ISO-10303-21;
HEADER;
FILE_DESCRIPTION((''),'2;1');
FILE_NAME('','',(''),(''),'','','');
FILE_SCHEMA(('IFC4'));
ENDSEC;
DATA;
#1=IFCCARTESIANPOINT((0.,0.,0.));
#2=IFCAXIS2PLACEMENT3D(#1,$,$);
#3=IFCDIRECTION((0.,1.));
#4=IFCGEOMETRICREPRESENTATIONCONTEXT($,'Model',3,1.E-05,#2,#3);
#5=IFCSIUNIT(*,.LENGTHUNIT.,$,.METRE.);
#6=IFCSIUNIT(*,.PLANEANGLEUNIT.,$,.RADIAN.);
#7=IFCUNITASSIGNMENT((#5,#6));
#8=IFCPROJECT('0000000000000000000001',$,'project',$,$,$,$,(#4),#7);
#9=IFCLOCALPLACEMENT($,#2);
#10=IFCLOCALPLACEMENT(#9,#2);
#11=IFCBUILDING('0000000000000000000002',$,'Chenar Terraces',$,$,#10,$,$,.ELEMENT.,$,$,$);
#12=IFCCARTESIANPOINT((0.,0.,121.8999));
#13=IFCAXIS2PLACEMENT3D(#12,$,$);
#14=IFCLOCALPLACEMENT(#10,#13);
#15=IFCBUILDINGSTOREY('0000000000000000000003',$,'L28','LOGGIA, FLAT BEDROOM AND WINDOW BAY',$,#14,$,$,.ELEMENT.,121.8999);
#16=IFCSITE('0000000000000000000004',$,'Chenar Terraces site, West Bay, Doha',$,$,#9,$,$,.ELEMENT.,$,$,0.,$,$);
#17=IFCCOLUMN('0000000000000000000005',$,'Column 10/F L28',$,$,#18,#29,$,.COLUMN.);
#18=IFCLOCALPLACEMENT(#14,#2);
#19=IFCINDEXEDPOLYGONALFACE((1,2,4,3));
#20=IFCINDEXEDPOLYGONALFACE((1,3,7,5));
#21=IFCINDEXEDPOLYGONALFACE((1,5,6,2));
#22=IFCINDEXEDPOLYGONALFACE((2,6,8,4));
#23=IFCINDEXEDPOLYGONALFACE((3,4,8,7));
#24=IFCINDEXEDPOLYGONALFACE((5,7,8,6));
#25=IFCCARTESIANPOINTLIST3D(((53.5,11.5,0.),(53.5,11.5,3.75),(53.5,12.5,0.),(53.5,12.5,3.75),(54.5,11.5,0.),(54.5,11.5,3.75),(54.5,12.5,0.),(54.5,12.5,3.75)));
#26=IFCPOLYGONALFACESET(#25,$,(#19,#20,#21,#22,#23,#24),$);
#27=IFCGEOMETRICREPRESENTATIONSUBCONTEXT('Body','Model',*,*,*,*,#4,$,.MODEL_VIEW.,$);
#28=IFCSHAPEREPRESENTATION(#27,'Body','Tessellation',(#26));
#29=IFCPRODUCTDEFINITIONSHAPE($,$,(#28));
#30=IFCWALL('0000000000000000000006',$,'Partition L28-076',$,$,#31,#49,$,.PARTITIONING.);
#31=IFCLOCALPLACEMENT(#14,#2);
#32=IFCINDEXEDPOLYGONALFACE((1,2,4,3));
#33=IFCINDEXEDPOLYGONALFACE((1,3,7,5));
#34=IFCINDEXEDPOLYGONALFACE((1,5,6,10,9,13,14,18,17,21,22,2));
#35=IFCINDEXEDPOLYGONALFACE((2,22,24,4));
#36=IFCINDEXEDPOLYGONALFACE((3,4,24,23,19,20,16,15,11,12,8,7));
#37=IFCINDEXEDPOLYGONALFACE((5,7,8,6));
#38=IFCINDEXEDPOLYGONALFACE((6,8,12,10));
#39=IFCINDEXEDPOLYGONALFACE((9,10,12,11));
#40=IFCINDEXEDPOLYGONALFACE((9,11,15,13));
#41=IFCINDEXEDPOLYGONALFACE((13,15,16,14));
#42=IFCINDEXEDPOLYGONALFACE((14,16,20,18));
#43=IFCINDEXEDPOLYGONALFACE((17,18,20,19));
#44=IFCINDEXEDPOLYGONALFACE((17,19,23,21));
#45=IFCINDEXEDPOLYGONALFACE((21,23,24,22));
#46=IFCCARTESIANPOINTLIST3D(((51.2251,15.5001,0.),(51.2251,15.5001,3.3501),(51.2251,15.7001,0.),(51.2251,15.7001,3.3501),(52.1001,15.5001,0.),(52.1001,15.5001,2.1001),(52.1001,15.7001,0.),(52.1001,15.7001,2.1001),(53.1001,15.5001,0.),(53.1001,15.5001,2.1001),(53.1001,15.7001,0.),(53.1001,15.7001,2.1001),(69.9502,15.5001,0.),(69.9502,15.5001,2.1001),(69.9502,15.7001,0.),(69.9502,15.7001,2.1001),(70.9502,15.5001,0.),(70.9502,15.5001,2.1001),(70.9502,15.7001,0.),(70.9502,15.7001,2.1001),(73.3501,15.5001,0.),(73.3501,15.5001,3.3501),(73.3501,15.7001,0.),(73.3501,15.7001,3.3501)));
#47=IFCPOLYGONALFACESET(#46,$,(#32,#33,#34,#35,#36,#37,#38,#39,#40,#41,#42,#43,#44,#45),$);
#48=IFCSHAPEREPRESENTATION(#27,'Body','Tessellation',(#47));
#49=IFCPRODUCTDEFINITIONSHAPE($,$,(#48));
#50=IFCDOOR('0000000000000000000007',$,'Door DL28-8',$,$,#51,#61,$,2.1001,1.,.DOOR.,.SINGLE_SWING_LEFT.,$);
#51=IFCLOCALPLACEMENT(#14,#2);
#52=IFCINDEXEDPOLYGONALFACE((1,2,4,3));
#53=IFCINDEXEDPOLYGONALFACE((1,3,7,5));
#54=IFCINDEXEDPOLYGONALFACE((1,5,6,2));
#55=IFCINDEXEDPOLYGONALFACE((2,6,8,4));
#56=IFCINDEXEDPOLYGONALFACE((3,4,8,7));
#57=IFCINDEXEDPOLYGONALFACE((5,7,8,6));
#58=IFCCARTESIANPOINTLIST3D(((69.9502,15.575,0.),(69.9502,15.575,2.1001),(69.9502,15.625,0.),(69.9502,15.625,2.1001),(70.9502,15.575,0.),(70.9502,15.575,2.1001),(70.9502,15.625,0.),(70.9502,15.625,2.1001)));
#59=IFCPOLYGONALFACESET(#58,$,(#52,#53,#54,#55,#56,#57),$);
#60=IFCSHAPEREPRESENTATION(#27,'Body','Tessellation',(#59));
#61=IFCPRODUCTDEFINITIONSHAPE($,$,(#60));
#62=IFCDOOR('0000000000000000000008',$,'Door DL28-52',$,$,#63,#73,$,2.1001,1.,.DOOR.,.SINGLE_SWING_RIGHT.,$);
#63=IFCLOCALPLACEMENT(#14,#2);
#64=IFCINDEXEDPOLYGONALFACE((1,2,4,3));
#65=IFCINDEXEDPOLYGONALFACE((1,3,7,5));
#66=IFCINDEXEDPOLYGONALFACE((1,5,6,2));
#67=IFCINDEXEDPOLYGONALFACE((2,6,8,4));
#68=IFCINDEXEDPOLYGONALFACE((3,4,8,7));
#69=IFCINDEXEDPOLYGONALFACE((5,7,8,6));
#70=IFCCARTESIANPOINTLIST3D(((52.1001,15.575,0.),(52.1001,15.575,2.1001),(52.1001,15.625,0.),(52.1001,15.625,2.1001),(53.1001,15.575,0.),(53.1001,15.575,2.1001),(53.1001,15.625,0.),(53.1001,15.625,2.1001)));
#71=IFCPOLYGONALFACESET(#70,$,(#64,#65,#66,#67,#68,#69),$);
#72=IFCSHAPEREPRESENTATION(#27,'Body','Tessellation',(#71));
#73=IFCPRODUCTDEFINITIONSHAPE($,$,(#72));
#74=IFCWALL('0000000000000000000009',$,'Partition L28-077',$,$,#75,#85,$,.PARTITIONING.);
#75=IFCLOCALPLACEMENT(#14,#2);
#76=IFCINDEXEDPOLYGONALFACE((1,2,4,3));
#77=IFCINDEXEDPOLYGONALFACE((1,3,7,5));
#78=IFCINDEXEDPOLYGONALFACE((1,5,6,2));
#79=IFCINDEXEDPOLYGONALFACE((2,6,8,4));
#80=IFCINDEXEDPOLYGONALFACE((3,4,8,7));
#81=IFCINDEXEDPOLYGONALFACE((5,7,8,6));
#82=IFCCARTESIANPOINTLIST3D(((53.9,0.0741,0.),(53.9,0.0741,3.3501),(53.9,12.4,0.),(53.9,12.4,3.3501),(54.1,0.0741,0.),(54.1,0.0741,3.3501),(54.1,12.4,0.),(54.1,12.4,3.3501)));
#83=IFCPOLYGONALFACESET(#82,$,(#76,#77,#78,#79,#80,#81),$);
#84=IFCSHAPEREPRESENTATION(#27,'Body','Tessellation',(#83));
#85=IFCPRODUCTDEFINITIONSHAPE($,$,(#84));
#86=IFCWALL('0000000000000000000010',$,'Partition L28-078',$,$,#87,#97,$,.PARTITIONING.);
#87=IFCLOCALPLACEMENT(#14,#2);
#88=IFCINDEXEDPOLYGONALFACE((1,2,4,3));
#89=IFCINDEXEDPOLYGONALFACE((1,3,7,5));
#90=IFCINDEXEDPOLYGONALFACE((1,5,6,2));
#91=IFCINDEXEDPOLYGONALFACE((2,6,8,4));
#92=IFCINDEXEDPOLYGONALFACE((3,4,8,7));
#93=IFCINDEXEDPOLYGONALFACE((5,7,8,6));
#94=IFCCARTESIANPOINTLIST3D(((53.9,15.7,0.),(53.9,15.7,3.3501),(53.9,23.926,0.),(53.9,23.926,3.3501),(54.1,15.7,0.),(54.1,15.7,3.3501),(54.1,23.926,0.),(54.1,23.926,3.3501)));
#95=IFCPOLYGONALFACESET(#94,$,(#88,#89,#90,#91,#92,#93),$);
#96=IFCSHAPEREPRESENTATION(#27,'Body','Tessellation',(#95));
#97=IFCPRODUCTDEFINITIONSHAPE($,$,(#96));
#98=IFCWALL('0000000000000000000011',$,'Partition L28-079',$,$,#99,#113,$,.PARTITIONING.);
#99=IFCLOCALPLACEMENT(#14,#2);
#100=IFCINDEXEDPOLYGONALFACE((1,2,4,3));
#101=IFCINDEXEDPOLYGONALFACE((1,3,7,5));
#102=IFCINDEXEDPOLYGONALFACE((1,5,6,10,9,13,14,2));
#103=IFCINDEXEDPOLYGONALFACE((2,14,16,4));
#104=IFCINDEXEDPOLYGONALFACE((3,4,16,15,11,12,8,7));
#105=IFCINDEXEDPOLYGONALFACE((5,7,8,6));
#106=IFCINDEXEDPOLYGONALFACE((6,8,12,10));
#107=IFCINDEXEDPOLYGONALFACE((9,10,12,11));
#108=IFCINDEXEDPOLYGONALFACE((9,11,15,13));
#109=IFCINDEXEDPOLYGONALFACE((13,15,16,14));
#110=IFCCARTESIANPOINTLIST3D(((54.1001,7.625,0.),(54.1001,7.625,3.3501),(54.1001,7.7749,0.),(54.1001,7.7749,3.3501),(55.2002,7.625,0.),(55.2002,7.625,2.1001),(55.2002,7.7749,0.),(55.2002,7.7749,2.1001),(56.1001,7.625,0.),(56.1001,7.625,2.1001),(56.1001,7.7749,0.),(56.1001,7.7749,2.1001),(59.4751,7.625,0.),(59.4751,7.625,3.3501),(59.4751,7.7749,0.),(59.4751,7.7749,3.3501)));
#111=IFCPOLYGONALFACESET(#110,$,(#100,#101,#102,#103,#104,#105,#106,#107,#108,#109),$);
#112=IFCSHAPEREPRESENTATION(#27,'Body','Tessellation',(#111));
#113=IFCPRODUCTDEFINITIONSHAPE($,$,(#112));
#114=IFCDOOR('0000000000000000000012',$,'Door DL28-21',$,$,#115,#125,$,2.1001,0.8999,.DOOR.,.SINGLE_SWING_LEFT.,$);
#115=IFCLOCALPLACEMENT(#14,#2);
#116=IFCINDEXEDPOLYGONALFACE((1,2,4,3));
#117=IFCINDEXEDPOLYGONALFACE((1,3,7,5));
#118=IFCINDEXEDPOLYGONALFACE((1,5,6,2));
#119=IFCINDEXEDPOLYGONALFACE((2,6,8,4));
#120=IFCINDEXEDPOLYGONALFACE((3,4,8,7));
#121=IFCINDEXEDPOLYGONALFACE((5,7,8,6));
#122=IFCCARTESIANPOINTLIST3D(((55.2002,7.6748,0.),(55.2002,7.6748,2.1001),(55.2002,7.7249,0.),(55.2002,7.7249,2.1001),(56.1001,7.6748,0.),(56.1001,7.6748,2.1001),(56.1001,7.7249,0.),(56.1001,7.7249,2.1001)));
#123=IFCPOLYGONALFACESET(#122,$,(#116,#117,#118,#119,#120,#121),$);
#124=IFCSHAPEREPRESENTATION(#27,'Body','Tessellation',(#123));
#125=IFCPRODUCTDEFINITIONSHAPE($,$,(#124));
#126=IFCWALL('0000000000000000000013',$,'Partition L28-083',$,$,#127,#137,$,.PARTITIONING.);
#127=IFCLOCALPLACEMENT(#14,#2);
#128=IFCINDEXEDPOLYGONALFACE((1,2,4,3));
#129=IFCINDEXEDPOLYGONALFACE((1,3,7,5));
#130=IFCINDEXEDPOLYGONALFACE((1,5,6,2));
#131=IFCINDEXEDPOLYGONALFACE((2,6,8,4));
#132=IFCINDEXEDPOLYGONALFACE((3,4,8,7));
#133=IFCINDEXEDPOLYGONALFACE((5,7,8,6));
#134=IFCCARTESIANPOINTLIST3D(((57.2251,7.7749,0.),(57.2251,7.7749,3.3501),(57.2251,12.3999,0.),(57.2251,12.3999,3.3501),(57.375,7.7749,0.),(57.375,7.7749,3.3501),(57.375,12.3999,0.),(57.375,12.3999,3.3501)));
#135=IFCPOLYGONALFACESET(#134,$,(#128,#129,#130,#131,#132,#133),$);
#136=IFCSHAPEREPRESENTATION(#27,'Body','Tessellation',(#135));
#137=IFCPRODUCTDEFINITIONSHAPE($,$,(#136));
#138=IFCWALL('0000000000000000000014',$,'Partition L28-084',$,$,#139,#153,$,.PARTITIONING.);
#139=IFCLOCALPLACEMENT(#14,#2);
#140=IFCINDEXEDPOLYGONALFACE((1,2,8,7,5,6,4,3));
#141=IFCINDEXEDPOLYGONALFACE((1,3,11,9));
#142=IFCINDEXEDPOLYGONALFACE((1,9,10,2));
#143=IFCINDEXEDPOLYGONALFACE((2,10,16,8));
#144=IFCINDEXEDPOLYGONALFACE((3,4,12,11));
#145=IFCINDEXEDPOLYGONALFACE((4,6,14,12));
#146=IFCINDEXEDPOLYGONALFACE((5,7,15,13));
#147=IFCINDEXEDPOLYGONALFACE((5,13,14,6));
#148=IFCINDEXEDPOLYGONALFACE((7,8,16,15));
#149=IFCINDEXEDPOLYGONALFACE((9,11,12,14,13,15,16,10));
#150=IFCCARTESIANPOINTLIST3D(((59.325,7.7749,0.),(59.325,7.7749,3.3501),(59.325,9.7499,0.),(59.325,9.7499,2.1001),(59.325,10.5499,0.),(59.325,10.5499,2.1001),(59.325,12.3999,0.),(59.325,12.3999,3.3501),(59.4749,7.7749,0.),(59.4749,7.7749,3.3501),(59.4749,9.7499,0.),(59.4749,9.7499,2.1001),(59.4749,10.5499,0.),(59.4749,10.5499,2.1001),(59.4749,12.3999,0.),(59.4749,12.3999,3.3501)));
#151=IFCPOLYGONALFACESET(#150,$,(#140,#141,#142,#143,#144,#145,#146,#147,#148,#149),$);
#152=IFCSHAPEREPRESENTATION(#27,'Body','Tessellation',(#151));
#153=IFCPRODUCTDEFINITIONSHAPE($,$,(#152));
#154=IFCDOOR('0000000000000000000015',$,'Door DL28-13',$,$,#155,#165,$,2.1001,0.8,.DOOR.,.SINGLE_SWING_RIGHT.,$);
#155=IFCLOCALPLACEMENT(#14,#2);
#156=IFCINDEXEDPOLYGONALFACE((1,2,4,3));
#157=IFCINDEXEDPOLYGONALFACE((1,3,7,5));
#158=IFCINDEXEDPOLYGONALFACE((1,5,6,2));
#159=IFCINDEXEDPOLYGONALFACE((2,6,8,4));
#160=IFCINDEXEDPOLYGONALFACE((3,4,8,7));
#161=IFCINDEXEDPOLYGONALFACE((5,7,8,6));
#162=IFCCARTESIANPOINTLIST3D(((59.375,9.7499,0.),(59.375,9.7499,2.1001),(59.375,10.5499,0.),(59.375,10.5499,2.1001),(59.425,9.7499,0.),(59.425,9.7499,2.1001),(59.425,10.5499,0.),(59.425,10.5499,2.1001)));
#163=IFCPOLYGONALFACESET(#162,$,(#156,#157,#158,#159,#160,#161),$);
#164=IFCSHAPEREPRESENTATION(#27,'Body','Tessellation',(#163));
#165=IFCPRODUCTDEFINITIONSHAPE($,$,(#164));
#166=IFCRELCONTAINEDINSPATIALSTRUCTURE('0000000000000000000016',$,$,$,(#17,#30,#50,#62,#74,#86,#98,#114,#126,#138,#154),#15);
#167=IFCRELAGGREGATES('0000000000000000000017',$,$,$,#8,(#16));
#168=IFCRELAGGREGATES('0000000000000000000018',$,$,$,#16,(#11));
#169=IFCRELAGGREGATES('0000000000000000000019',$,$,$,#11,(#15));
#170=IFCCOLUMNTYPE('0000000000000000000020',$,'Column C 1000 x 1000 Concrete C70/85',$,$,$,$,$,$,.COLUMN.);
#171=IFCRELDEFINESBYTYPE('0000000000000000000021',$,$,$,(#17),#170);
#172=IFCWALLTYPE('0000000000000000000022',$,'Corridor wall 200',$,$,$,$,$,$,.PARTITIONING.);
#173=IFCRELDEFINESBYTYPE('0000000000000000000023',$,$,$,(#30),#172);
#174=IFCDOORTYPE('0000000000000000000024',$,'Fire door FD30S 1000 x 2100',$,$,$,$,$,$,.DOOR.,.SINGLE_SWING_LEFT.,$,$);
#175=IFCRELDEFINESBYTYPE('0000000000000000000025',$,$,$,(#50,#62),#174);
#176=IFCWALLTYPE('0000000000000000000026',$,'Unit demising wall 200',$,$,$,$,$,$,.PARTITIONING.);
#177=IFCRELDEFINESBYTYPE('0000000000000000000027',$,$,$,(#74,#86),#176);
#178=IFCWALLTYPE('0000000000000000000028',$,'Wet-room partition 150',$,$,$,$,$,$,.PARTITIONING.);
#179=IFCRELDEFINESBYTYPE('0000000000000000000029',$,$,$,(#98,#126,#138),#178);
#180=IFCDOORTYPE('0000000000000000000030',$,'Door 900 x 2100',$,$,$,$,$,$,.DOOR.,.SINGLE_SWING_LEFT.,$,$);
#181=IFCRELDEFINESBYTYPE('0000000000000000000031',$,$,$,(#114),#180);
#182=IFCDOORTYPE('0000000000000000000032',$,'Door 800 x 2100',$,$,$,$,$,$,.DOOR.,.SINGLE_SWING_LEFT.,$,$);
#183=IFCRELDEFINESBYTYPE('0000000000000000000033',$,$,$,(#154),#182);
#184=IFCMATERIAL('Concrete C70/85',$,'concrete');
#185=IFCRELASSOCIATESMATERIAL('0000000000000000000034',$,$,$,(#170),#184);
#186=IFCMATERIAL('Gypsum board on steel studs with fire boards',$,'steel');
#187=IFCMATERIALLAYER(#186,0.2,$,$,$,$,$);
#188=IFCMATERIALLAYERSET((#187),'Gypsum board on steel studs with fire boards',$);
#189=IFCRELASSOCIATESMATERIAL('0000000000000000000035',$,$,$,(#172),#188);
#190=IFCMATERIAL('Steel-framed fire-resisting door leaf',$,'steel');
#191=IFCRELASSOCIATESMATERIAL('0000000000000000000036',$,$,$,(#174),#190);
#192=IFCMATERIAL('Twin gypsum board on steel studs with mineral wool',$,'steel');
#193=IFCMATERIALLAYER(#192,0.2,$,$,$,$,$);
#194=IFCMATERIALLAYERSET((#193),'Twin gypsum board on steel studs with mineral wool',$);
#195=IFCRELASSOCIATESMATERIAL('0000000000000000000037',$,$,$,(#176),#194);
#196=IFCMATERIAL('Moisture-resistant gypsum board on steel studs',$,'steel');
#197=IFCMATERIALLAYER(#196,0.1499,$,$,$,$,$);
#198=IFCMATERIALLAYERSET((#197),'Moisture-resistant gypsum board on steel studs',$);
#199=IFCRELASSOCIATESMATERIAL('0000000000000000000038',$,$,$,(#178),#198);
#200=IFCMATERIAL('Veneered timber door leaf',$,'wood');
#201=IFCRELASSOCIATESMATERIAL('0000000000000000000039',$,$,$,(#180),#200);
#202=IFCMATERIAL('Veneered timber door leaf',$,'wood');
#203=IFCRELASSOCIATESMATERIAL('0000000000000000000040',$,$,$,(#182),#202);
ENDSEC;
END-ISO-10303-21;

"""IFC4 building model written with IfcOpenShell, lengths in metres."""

from ifc_helpers import new_model, si_unit, direction, frame, frame_2d, origin, origin_2d, place, context, subcontext, project, spatial, rectangle, extrude, material, layer, layer_set, material_profile, profile_set, type_object, element, fill, save


model = new_model("IFC4")

# Units and contexts
model_context = context("Model", 3, precision=1e-05, world=origin(), true_north=direction((0.0, 1.0)))
body_context = subcontext(model_context, "Body", "Model", "MODEL_VIEW")
ifc_project = project(units=[si_unit("LENGTHUNIT", "METRE"), si_unit("PLANEANGLEUNIT", "RADIAN")], contexts=[model_context])

# Site, building, storey
site_placement = place(None, origin())
site = spatial("IfcSite", under=ifc_project, at=site_placement, Name="Chenar Terraces site, West Bay, Doha", CompositionType="ELEMENT", RefElevation=0.0)
building_placement = place(site_placement, origin())
building = spatial("IfcBuilding", under=site, at=building_placement, Name="Chenar Terraces", CompositionType="ELEMENT")
storey_placement = place(building_placement, frame((0.0, 0.0, 121.8999)))
storey = spatial("IfcBuildingStorey", under=building, at=storey_placement, Name="L28", Description="LOGGIA, FLAT BEDROOM AND WINDOW BAY", CompositionType="ELEMENT", Elevation=121.8999)

# Column
ifc_material_1 = material(Name="Concrete C70/85", Category="concrete")
ifc_material_profile = material_profile(ifc_material_1, rectangle(XDim=1.0, YDim=1.0, at=origin_2d()), Name="C 1000 x 1000")
ifc_profile_set = profile_set([ifc_material_profile], Name="Concrete C70/85")
column_type = type_object("IfcColumnType", Name="Column C 1000 x 1000 Concrete C70/85", PredefinedType="COLUMN", material=ifc_profile_set)
column_placement = place(storey_placement, frame((54.0, 12.0, 0.0), z_axis=(0.0, 0.0, 1.0), x_axis=(1.0, 0.0, 0.0)))
element("IfcColumn", 1, at=column_placement, inside=storey, type_object=column_type, Name="Column 10/F L28", PredefinedType="COLUMN", context=body_context, shape_type="SweptSolid", body=[
    extrude(rectangle(XDim=1.0, YDim=1.0, at=origin_2d()), origin(), (0.0, 0.0, 1.0), 3.75),
])

# Wall, openings, doors
ifc_material_2 = material(Name="Gypsum board on steel studs with fire boards", Category="steel")
ifc_layer_1 = layer(ifc_material_2, 0.2)
ifc_layer_set_1 = layer_set([ifc_layer_1], Name="Gypsum board on steel studs with fire boards")
wall_type_1 = type_object("IfcWallType", Name="Corridor wall 200", PredefinedType="PARTITIONING", material=ifc_layer_set_1)
wall_1_placement = place(storey_placement, frame((51.2251, 15.6001, 0.0), z_axis=(0.0, 0.0, 1.0), x_axis=(1.0, 0.0, 0.0)))
wall_1 = element("IfcWall", 2, at=wall_1_placement, inside=storey, type_object=wall_type_1, Name="Partition L28-076", PredefinedType="PARTITIONING", context=body_context, shape_type="SweptSolid", body=[
    extrude(rectangle(XDim=22.125, YDim=0.2, at=frame_2d((11.0625, 0.0))), origin(), (0.0, 0.0, 1.0), 3.3501),
])
opening_1_placement = place(wall_1_placement, frame((18.7251, 0.0, 0.0)))
opening_1 = element("IfcOpeningElement", 3, at=opening_1_placement, cuts=wall_1, PredefinedType="OPENING", context=body_context, shape_type="SweptSolid", body=[
    extrude(rectangle(XDim=1.0, YDim=2.1001, at=frame_2d((0.5, 1.05))), frame((0.0, 0.1099, 0.0), z_axis=(0.0, -1.0, 0.0), x_axis=(1.0, 0.0, 0.0)), (0.0, 0.0, 1.0), 0.22),
])
opening_2_placement = place(wall_1_placement, frame((0.875, 0.0, 0.0)))
opening_2 = element("IfcOpeningElement", 4, at=opening_2_placement, cuts=wall_1, PredefinedType="OPENING", context=body_context, shape_type="SweptSolid", body=[
    extrude(rectangle(XDim=1.0, YDim=2.1001, at=frame_2d((0.5, 1.05))), frame((0.0, 0.1099, 0.0), z_axis=(0.0, -1.0, 0.0), x_axis=(1.0, 0.0, 0.0)), (0.0, 0.0, 1.0), 0.22),
])
ifc_material_3 = material(Name="Steel-framed fire-resisting door leaf", Category="steel")
door_type_1 = type_object("IfcDoorType", Name="Fire door FD30S 1000 x 2100", OperationType="SINGLE_SWING_LEFT", PredefinedType="DOOR", material=ifc_material_3)
door_1_placement = place(opening_1_placement, origin())
door_1 = element("IfcDoor", 5, at=door_1_placement, inside=storey, type_object=door_type_1, Name="Door DL28-8", OperationType="SINGLE_SWING_LEFT", OverallHeight=2.1001, OverallWidth=1.0, PredefinedType="DOOR", context=body_context, shape_type="SweptSolid", body=[
    extrude(rectangle(XDim=1.0, YDim=2.1001, at=frame_2d((0.5, 1.05))), frame((0.0, 0.0249, 0.0), z_axis=(0.0, -1.0, 0.0), x_axis=(1.0, 0.0, 0.0)), (0.0, 0.0, 1.0), 0.05),
])
fill(opening_1, door_1)
door_2_placement = place(opening_2_placement, origin())
door_2 = element("IfcDoor", 6, at=door_2_placement, inside=storey, type_object=door_type_1, Name="Door DL28-52", OperationType="SINGLE_SWING_RIGHT", OverallHeight=2.1001, OverallWidth=1.0, PredefinedType="DOOR", context=body_context, shape_type="SweptSolid", body=[
    extrude(rectangle(XDim=1.0, YDim=2.1001, at=frame_2d((0.5, 1.05))), frame((0.0, 0.0249, 0.0), z_axis=(0.0, -1.0, 0.0), x_axis=(1.0, 0.0, 0.0)), (0.0, 0.0, 1.0), 0.05),
])
fill(opening_2, door_2)

# Walls
ifc_material_4 = material(Name="Twin gypsum board on steel studs with mineral wool", Category="steel")
ifc_layer_2 = layer(ifc_material_4, 0.2)
ifc_layer_set_2 = layer_set([ifc_layer_2], Name="Twin gypsum board on steel studs with mineral wool")
wall_type_2 = type_object("IfcWallType", Name="Unit demising wall 200", PredefinedType="PARTITIONING", material=ifc_layer_set_2)
wall_2_placement = place(storey_placement, frame((54.0, 0.074, 0.0), z_axis=(0.0, 0.0, 1.0), x_axis=(0.0, 1.0, 0.0)))
element("IfcWall", 7, at=wall_2_placement, inside=storey, type_object=wall_type_2, Name="Partition L28-077", PredefinedType="PARTITIONING", context=body_context, shape_type="SweptSolid", body=[
    extrude(rectangle(XDim=12.3259, YDim=0.2, at=frame_2d((6.1631, 0.0))), origin(), (0.0, 0.0, 1.0), 3.3501),
])
wall_3_placement = place(storey_placement, frame((54.0, 15.7, 0.0), z_axis=(0.0, 0.0, 1.0), x_axis=(0.0, 1.0, 0.0)))
element("IfcWall", 8, at=wall_3_placement, inside=storey, type_object=wall_type_2, Name="Partition L28-078", PredefinedType="PARTITIONING", context=body_context, shape_type="SweptSolid", body=[
    extrude(rectangle(XDim=8.2261, YDim=0.2, at=frame_2d((4.113, 0.0))), origin(), (0.0, 0.0, 1.0), 3.3501),
])

# Wall, opening, door
ifc_material_5 = material(Name="Moisture-resistant gypsum board on steel studs", Category="steel")
ifc_layer_3 = layer(ifc_material_5, 0.1499)
ifc_layer_set_3 = layer_set([ifc_layer_3], Name="Moisture-resistant gypsum board on steel studs")
wall_type_3 = type_object("IfcWallType", Name="Wet-room partition 150", PredefinedType="PARTITIONING", material=ifc_layer_set_3)
wall_4_placement = place(storey_placement, frame((54.1001, 7.7, 0.0), z_axis=(0.0, 0.0, 1.0), x_axis=(1.0, 0.0, 0.0)))
wall_4 = element("IfcWall", 9, at=wall_4_placement, inside=storey, type_object=wall_type_3, Name="Partition L28-079", PredefinedType="PARTITIONING", context=body_context, shape_type="SweptSolid", body=[
    extrude(rectangle(XDim=5.375, YDim=0.1499, at=frame_2d((2.6875, 0.0))), origin(), (0.0, 0.0, 1.0), 3.3501),
])
opening_3_placement = place(wall_4_placement, frame((1.1001, 0.0, 0.0)))
opening_3 = element("IfcOpeningElement", 10, at=opening_3_placement, cuts=wall_4, PredefinedType="OPENING", context=body_context, shape_type="SweptSolid", body=[
    extrude(rectangle(XDim=0.8999, YDim=2.1001, at=frame_2d((0.45, 1.05))), frame((0.0, 0.085, 0.0), z_axis=(0.0, -1.0, 0.0), x_axis=(1.0, 0.0, 0.0)), (0.0, 0.0, 1.0), 0.1699),
])
ifc_material_6 = material(Name="Veneered timber door leaf", Category="wood")
door_type_2 = type_object("IfcDoorType", Name="Door 900 x 2100", OperationType="SINGLE_SWING_LEFT", PredefinedType="DOOR", material=ifc_material_6)
door_3_placement = place(opening_3_placement, origin())
door_3 = element("IfcDoor", 11, at=door_3_placement, inside=storey, type_object=door_type_2, Name="Door DL28-21", OperationType="SINGLE_SWING_LEFT", OverallHeight=2.1001, OverallWidth=0.8999, PredefinedType="DOOR", context=body_context, shape_type="SweptSolid", body=[
    extrude(rectangle(XDim=0.8999, YDim=2.1001, at=frame_2d((0.45, 1.05))), frame((0.0, 0.0249, 0.0), z_axis=(0.0, -1.0, 0.0), x_axis=(1.0, 0.0, 0.0)), (0.0, 0.0, 1.0), 0.05),
])
fill(opening_3, door_3)

# Wall
wall_5_placement = place(storey_placement, frame((57.3, 7.7749, 0.0), z_axis=(0.0, 0.0, 1.0), x_axis=(0.0, 1.0, 0.0)))
element("IfcWall", 12, at=wall_5_placement, inside=storey, type_object=wall_type_3, Name="Partition L28-083", PredefinedType="PARTITIONING", context=body_context, shape_type="SweptSolid", body=[
    extrude(rectangle(XDim=4.625, YDim=0.1499, at=frame_2d((2.3125, 0.0))), origin(), (0.0, 0.0, 1.0), 3.3501),
])

# Wall, opening, door
wall_6_placement = place(storey_placement, frame((59.3999, 7.7749, 0.0), z_axis=(0.0, 0.0, 1.0), x_axis=(0.0, 1.0, 0.0)))
wall_6 = element("IfcWall", 13, at=wall_6_placement, inside=storey, type_object=wall_type_3, Name="Partition L28-084", PredefinedType="PARTITIONING", context=body_context, shape_type="SweptSolid", body=[
    extrude(rectangle(XDim=4.625, YDim=0.1499, at=frame_2d((2.3125, 0.0))), origin(), (0.0, 0.0, 1.0), 3.3501),
])
opening_4_placement = place(wall_6_placement, frame((1.9751, 0.0, 0.0)))
opening_4 = element("IfcOpeningElement", 14, at=opening_4_placement, cuts=wall_6, PredefinedType="OPENING", context=body_context, shape_type="SweptSolid", body=[
    extrude(rectangle(XDim=0.8, YDim=2.1001, at=frame_2d((0.3999, 1.05))), frame((0.0, 0.085, 0.0), z_axis=(0.0, -1.0, 0.0), x_axis=(1.0, 0.0, 0.0)), (0.0, 0.0, 1.0), 0.1699),
])
ifc_material_7 = material(Name="Veneered timber door leaf", Category="wood")
door_type_3 = type_object("IfcDoorType", Name="Door 800 x 2100", OperationType="SINGLE_SWING_LEFT", PredefinedType="DOOR", material=ifc_material_7)
door_4_placement = place(opening_4_placement, origin())
door_4 = element("IfcDoor", 15, at=door_4_placement, inside=storey, type_object=door_type_3, Name="Door DL28-13", OperationType="SINGLE_SWING_RIGHT", OverallHeight=2.1001, OverallWidth=0.8, PredefinedType="DOOR", context=body_context, shape_type="SweptSolid", body=[
    extrude(rectangle(XDim=0.8, YDim=2.1001, at=frame_2d((0.3999, 1.05))), frame((0.0, 0.0249, 0.0), z_axis=(0.0, -1.0, 0.0), x_axis=(1.0, 0.0, 0.0)), (0.0, 0.0, 1.0), 0.05),
])
fill(opening_4, door_4)

save(model, "model.ifc")
